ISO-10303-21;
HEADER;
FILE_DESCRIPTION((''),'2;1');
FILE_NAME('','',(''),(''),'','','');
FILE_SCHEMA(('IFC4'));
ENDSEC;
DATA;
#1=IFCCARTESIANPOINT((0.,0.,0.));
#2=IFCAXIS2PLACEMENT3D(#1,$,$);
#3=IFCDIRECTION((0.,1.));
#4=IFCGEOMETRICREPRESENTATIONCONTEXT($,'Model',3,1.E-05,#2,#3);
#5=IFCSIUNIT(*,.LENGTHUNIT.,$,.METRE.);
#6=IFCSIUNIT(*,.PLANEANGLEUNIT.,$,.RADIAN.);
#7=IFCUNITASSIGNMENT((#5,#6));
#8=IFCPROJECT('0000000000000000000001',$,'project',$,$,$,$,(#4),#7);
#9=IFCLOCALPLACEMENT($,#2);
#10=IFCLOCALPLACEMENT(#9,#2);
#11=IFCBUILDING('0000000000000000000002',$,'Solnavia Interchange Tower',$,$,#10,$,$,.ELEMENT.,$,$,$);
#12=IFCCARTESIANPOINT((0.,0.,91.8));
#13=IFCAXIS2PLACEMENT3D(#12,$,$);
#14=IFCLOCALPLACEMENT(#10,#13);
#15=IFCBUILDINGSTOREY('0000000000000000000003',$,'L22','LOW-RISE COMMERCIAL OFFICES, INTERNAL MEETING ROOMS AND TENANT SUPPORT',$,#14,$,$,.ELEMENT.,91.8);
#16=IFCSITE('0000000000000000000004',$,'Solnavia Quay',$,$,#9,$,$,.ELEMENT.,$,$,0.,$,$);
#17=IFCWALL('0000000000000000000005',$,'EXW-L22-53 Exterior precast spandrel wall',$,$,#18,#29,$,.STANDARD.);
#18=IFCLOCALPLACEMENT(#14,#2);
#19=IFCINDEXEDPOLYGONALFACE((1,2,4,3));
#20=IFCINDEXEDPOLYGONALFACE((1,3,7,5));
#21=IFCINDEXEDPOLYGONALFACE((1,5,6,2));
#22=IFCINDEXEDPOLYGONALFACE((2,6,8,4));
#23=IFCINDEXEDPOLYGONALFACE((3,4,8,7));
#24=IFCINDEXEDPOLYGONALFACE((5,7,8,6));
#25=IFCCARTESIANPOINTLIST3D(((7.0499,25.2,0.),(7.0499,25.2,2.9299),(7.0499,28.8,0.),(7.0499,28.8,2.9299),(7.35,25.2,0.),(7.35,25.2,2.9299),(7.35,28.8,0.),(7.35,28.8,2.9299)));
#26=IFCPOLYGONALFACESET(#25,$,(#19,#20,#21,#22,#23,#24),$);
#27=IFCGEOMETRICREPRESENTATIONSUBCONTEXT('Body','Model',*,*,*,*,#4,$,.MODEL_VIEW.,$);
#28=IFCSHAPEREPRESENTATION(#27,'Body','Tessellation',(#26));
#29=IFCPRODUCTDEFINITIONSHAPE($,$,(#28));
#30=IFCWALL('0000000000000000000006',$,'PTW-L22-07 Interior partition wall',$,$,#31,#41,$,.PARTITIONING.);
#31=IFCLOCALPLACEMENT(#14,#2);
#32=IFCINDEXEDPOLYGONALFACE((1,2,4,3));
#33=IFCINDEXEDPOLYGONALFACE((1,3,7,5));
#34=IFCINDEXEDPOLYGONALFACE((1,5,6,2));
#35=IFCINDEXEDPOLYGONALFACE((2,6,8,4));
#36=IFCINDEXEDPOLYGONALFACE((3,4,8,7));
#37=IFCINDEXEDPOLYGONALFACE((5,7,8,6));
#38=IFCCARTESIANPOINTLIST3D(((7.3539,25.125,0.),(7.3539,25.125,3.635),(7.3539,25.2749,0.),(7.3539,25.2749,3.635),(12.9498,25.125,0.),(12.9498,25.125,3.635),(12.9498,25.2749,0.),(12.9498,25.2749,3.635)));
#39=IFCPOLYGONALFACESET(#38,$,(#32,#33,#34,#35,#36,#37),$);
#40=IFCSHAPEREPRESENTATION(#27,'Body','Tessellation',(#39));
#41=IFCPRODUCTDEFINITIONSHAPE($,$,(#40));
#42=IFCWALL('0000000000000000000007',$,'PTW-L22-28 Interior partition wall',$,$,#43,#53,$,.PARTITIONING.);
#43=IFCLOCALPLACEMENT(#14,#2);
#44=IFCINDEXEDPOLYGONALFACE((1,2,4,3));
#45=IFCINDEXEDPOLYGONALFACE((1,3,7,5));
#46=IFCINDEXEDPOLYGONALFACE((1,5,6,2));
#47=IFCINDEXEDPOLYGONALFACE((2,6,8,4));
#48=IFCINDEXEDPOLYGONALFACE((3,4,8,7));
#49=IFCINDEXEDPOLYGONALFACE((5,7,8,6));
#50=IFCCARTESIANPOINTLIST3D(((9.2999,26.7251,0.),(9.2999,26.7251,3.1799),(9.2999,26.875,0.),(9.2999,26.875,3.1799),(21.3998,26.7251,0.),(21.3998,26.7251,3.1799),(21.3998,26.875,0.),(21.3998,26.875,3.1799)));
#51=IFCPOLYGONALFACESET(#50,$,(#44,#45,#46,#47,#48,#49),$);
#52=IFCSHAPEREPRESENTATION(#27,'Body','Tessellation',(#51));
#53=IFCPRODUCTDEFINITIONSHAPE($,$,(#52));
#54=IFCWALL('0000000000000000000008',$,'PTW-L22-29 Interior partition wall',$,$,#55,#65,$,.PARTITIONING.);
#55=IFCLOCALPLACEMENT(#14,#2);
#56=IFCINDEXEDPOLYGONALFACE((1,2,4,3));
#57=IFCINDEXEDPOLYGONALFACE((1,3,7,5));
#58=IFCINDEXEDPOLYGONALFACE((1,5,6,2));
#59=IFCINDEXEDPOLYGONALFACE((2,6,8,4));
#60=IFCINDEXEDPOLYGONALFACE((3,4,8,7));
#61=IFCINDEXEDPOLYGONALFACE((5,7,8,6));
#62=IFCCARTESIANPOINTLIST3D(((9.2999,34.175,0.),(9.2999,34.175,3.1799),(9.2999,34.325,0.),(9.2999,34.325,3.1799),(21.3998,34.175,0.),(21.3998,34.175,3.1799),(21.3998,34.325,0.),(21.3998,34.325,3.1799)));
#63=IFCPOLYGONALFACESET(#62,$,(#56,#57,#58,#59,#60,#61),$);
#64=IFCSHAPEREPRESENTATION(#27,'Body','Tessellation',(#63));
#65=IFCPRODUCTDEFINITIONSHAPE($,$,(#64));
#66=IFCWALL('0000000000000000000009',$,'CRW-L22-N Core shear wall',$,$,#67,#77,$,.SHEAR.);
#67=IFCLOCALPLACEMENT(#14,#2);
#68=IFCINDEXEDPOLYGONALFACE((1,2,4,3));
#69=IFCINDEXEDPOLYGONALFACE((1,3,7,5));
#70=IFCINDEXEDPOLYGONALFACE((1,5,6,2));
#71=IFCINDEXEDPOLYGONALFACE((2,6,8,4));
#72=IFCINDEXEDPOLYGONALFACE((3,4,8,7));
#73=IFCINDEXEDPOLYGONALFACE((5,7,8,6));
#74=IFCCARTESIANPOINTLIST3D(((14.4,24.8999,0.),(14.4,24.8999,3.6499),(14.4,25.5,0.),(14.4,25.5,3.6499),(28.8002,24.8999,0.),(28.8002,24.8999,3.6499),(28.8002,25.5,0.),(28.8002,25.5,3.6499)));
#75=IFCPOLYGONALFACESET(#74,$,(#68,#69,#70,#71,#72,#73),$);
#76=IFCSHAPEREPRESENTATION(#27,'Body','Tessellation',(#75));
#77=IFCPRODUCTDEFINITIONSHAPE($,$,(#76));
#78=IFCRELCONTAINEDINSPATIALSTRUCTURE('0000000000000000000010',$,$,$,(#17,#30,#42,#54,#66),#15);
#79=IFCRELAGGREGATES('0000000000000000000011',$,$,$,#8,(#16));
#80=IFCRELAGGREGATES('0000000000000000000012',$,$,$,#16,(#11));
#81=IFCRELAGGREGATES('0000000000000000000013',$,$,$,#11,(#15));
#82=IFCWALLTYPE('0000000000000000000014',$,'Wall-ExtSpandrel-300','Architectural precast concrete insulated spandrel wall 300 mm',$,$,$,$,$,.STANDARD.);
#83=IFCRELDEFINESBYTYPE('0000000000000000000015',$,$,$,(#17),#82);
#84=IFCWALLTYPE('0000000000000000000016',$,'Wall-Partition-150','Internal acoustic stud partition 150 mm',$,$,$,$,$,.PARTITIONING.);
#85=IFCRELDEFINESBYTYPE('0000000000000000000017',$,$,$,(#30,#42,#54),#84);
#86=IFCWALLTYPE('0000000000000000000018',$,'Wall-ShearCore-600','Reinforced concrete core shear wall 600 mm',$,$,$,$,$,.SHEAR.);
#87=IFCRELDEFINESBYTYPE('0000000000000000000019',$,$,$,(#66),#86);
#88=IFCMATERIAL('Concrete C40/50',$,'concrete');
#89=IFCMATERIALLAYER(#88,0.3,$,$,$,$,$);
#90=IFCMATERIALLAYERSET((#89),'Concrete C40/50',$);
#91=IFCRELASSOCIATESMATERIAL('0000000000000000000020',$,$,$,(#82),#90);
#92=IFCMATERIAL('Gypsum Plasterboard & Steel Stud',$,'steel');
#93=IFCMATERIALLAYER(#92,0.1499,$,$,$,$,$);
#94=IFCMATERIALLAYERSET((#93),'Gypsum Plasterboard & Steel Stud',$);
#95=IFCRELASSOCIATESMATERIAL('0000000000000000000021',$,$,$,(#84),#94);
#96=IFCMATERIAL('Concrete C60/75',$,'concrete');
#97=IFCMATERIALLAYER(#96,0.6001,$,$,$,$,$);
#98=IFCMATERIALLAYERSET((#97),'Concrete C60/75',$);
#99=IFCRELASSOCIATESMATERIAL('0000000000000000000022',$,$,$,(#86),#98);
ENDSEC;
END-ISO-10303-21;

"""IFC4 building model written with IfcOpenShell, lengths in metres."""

from ifc_helpers import new_model, si_unit, direction, frame, frame_2d, origin, place, context, subcontext, project, spatial, rectangle, extrude, material, layer, layer_set, type_object, element, save


model = new_model("IFC4")

# Units and contexts
model_context = context("Model", 3, precision=1e-05, world=origin(), true_north=direction((0.0, 1.0)))
body_context = subcontext(model_context, "Body", "Model", "MODEL_VIEW")
ifc_project = project(units=[si_unit("LENGTHUNIT", "METRE"), si_unit("PLANEANGLEUNIT", "RADIAN")], contexts=[model_context])

# Site, building, storey
site_placement = place(None, origin())
site = spatial("IfcSite", under=ifc_project, at=site_placement, Name="Solnavia Quay", CompositionType="ELEMENT", RefElevation=0.0)
building_placement = place(site_placement, origin())
building = spatial("IfcBuilding", under=site, at=building_placement, Name="Solnavia Interchange Tower", CompositionType="ELEMENT")
storey_placement = place(building_placement, frame((0.0, 0.0, 91.8)))
storey = spatial("IfcBuildingStorey", under=building, at=storey_placement, Name="L22", Description="LOW-RISE COMMERCIAL OFFICES, INTERNAL MEETING ROOMS AND TENANT SUPPORT", CompositionType="ELEMENT", Elevation=91.8)

# Walls
ifc_material_1 = material(Name="Concrete C40/50", Category="concrete")
ifc_layer_1 = layer(ifc_material_1, 0.3)
ifc_layer_set_1 = layer_set([ifc_layer_1], Name="Concrete C40/50")
wall_type_1 = type_object("IfcWallType", Name="Wall-ExtSpandrel-300", Description="Architectural precast concrete insulated spandrel wall 300 mm", PredefinedType="STANDARD", material=ifc_layer_set_1)
wall_1_placement = place(storey_placement, frame((7.2, 25.2, 0.0), z_axis=(0.0, 0.0, 1.0), x_axis=(0.0, 1.0, 0.0)))
element("IfcWall", 1, at=wall_1_placement, inside=storey, type_object=wall_type_1, Name="EXW-L22-53 Exterior precast spandrel wall", PredefinedType="STANDARD", context=body_context, shape_type="SweptSolid", body=[
    extrude(rectangle(XDim=3.6001, YDim=0.3, at=frame_2d((1.8, 0.0))), origin(), (0.0, 0.0, 1.0), 2.9299),
])
ifc_material_2 = material(Name="Gypsum Plasterboard & Steel Stud", Category="steel")
ifc_layer_2 = layer(ifc_material_2, 0.1499)
ifc_layer_set_2 = layer_set([ifc_layer_2], Name="Gypsum Plasterboard & Steel Stud")
wall_type_2 = type_object("IfcWallType", Name="Wall-Partition-150", Description="Internal acoustic stud partition 150 mm", PredefinedType="PARTITIONING", material=ifc_layer_set_2)
wall_2_placement = place(storey_placement, frame((7.354, 25.2, 0.0), z_axis=(0.0, 0.0, 1.0), x_axis=(1.0, 0.0, 0.0)))
element("IfcWall", 2, at=wall_2_placement, inside=storey, type_object=wall_type_2, Name="PTW-L22-07 Interior partition wall", PredefinedType="PARTITIONING", context=body_context, shape_type="SweptSolid", body=[
    extrude(rectangle(XDim=5.5959, YDim=0.1499, at=frame_2d((2.7979, 0.0))), origin(), (0.0, 0.0, 1.0), 3.635),
])
for number, where, z_axis, x_axis, name in (
    (3, (9.3, 26.8, 0.0), (0.0, 0.0, 1.0), (1.0, 0.0, 0.0), "PTW-L22-28 Interior partition wall"),
    (4, (9.3, 34.25, 0.0), (0.0, 0.0, 1.0), (1.0, 0.0, 0.0), "PTW-L22-29 Interior partition wall"),
):
    element("IfcWall", number, at=place(storey_placement, frame(where, z_axis=z_axis, x_axis=x_axis)), inside=storey, type_object=wall_type_2, Name=name, PredefinedType="PARTITIONING", context=body_context, shape_type="SweptSolid", body=[
        extrude(rectangle(XDim=12.0999, YDim=0.1499, at=frame_2d((6.0498, 0.0))), origin(), (0.0, 0.0, 1.0), 3.1799),
    ])
ifc_material_3 = material(Name="Concrete C60/75", Category="concrete")
ifc_layer_3 = layer(ifc_material_3, 0.6001)
ifc_layer_set_3 = layer_set([ifc_layer_3], Name="Concrete C60/75")
wall_type_3 = type_object("IfcWallType", Name="Wall-ShearCore-600", Description="Reinforced concrete core shear wall 600 mm", PredefinedType="SHEAR", material=ifc_layer_set_3)
wall_3_placement = place(storey_placement, frame((14.3999, 25.2, 0.0), z_axis=(0.0, 0.0, 1.0), x_axis=(1.0, 0.0, 0.0)))
element("IfcWall", 5, at=wall_3_placement, inside=storey, type_object=wall_type_3, Name="CRW-L22-N Core shear wall", PredefinedType="SHEAR", context=body_context, shape_type="SweptSolid", body=[
    extrude(rectangle(XDim=14.4001, YDim=0.6001, at=frame_2d((7.2002, 0.0))), origin(), (0.0, 0.0, 1.0), 3.6499),
])

save(model, "model.ifc")
